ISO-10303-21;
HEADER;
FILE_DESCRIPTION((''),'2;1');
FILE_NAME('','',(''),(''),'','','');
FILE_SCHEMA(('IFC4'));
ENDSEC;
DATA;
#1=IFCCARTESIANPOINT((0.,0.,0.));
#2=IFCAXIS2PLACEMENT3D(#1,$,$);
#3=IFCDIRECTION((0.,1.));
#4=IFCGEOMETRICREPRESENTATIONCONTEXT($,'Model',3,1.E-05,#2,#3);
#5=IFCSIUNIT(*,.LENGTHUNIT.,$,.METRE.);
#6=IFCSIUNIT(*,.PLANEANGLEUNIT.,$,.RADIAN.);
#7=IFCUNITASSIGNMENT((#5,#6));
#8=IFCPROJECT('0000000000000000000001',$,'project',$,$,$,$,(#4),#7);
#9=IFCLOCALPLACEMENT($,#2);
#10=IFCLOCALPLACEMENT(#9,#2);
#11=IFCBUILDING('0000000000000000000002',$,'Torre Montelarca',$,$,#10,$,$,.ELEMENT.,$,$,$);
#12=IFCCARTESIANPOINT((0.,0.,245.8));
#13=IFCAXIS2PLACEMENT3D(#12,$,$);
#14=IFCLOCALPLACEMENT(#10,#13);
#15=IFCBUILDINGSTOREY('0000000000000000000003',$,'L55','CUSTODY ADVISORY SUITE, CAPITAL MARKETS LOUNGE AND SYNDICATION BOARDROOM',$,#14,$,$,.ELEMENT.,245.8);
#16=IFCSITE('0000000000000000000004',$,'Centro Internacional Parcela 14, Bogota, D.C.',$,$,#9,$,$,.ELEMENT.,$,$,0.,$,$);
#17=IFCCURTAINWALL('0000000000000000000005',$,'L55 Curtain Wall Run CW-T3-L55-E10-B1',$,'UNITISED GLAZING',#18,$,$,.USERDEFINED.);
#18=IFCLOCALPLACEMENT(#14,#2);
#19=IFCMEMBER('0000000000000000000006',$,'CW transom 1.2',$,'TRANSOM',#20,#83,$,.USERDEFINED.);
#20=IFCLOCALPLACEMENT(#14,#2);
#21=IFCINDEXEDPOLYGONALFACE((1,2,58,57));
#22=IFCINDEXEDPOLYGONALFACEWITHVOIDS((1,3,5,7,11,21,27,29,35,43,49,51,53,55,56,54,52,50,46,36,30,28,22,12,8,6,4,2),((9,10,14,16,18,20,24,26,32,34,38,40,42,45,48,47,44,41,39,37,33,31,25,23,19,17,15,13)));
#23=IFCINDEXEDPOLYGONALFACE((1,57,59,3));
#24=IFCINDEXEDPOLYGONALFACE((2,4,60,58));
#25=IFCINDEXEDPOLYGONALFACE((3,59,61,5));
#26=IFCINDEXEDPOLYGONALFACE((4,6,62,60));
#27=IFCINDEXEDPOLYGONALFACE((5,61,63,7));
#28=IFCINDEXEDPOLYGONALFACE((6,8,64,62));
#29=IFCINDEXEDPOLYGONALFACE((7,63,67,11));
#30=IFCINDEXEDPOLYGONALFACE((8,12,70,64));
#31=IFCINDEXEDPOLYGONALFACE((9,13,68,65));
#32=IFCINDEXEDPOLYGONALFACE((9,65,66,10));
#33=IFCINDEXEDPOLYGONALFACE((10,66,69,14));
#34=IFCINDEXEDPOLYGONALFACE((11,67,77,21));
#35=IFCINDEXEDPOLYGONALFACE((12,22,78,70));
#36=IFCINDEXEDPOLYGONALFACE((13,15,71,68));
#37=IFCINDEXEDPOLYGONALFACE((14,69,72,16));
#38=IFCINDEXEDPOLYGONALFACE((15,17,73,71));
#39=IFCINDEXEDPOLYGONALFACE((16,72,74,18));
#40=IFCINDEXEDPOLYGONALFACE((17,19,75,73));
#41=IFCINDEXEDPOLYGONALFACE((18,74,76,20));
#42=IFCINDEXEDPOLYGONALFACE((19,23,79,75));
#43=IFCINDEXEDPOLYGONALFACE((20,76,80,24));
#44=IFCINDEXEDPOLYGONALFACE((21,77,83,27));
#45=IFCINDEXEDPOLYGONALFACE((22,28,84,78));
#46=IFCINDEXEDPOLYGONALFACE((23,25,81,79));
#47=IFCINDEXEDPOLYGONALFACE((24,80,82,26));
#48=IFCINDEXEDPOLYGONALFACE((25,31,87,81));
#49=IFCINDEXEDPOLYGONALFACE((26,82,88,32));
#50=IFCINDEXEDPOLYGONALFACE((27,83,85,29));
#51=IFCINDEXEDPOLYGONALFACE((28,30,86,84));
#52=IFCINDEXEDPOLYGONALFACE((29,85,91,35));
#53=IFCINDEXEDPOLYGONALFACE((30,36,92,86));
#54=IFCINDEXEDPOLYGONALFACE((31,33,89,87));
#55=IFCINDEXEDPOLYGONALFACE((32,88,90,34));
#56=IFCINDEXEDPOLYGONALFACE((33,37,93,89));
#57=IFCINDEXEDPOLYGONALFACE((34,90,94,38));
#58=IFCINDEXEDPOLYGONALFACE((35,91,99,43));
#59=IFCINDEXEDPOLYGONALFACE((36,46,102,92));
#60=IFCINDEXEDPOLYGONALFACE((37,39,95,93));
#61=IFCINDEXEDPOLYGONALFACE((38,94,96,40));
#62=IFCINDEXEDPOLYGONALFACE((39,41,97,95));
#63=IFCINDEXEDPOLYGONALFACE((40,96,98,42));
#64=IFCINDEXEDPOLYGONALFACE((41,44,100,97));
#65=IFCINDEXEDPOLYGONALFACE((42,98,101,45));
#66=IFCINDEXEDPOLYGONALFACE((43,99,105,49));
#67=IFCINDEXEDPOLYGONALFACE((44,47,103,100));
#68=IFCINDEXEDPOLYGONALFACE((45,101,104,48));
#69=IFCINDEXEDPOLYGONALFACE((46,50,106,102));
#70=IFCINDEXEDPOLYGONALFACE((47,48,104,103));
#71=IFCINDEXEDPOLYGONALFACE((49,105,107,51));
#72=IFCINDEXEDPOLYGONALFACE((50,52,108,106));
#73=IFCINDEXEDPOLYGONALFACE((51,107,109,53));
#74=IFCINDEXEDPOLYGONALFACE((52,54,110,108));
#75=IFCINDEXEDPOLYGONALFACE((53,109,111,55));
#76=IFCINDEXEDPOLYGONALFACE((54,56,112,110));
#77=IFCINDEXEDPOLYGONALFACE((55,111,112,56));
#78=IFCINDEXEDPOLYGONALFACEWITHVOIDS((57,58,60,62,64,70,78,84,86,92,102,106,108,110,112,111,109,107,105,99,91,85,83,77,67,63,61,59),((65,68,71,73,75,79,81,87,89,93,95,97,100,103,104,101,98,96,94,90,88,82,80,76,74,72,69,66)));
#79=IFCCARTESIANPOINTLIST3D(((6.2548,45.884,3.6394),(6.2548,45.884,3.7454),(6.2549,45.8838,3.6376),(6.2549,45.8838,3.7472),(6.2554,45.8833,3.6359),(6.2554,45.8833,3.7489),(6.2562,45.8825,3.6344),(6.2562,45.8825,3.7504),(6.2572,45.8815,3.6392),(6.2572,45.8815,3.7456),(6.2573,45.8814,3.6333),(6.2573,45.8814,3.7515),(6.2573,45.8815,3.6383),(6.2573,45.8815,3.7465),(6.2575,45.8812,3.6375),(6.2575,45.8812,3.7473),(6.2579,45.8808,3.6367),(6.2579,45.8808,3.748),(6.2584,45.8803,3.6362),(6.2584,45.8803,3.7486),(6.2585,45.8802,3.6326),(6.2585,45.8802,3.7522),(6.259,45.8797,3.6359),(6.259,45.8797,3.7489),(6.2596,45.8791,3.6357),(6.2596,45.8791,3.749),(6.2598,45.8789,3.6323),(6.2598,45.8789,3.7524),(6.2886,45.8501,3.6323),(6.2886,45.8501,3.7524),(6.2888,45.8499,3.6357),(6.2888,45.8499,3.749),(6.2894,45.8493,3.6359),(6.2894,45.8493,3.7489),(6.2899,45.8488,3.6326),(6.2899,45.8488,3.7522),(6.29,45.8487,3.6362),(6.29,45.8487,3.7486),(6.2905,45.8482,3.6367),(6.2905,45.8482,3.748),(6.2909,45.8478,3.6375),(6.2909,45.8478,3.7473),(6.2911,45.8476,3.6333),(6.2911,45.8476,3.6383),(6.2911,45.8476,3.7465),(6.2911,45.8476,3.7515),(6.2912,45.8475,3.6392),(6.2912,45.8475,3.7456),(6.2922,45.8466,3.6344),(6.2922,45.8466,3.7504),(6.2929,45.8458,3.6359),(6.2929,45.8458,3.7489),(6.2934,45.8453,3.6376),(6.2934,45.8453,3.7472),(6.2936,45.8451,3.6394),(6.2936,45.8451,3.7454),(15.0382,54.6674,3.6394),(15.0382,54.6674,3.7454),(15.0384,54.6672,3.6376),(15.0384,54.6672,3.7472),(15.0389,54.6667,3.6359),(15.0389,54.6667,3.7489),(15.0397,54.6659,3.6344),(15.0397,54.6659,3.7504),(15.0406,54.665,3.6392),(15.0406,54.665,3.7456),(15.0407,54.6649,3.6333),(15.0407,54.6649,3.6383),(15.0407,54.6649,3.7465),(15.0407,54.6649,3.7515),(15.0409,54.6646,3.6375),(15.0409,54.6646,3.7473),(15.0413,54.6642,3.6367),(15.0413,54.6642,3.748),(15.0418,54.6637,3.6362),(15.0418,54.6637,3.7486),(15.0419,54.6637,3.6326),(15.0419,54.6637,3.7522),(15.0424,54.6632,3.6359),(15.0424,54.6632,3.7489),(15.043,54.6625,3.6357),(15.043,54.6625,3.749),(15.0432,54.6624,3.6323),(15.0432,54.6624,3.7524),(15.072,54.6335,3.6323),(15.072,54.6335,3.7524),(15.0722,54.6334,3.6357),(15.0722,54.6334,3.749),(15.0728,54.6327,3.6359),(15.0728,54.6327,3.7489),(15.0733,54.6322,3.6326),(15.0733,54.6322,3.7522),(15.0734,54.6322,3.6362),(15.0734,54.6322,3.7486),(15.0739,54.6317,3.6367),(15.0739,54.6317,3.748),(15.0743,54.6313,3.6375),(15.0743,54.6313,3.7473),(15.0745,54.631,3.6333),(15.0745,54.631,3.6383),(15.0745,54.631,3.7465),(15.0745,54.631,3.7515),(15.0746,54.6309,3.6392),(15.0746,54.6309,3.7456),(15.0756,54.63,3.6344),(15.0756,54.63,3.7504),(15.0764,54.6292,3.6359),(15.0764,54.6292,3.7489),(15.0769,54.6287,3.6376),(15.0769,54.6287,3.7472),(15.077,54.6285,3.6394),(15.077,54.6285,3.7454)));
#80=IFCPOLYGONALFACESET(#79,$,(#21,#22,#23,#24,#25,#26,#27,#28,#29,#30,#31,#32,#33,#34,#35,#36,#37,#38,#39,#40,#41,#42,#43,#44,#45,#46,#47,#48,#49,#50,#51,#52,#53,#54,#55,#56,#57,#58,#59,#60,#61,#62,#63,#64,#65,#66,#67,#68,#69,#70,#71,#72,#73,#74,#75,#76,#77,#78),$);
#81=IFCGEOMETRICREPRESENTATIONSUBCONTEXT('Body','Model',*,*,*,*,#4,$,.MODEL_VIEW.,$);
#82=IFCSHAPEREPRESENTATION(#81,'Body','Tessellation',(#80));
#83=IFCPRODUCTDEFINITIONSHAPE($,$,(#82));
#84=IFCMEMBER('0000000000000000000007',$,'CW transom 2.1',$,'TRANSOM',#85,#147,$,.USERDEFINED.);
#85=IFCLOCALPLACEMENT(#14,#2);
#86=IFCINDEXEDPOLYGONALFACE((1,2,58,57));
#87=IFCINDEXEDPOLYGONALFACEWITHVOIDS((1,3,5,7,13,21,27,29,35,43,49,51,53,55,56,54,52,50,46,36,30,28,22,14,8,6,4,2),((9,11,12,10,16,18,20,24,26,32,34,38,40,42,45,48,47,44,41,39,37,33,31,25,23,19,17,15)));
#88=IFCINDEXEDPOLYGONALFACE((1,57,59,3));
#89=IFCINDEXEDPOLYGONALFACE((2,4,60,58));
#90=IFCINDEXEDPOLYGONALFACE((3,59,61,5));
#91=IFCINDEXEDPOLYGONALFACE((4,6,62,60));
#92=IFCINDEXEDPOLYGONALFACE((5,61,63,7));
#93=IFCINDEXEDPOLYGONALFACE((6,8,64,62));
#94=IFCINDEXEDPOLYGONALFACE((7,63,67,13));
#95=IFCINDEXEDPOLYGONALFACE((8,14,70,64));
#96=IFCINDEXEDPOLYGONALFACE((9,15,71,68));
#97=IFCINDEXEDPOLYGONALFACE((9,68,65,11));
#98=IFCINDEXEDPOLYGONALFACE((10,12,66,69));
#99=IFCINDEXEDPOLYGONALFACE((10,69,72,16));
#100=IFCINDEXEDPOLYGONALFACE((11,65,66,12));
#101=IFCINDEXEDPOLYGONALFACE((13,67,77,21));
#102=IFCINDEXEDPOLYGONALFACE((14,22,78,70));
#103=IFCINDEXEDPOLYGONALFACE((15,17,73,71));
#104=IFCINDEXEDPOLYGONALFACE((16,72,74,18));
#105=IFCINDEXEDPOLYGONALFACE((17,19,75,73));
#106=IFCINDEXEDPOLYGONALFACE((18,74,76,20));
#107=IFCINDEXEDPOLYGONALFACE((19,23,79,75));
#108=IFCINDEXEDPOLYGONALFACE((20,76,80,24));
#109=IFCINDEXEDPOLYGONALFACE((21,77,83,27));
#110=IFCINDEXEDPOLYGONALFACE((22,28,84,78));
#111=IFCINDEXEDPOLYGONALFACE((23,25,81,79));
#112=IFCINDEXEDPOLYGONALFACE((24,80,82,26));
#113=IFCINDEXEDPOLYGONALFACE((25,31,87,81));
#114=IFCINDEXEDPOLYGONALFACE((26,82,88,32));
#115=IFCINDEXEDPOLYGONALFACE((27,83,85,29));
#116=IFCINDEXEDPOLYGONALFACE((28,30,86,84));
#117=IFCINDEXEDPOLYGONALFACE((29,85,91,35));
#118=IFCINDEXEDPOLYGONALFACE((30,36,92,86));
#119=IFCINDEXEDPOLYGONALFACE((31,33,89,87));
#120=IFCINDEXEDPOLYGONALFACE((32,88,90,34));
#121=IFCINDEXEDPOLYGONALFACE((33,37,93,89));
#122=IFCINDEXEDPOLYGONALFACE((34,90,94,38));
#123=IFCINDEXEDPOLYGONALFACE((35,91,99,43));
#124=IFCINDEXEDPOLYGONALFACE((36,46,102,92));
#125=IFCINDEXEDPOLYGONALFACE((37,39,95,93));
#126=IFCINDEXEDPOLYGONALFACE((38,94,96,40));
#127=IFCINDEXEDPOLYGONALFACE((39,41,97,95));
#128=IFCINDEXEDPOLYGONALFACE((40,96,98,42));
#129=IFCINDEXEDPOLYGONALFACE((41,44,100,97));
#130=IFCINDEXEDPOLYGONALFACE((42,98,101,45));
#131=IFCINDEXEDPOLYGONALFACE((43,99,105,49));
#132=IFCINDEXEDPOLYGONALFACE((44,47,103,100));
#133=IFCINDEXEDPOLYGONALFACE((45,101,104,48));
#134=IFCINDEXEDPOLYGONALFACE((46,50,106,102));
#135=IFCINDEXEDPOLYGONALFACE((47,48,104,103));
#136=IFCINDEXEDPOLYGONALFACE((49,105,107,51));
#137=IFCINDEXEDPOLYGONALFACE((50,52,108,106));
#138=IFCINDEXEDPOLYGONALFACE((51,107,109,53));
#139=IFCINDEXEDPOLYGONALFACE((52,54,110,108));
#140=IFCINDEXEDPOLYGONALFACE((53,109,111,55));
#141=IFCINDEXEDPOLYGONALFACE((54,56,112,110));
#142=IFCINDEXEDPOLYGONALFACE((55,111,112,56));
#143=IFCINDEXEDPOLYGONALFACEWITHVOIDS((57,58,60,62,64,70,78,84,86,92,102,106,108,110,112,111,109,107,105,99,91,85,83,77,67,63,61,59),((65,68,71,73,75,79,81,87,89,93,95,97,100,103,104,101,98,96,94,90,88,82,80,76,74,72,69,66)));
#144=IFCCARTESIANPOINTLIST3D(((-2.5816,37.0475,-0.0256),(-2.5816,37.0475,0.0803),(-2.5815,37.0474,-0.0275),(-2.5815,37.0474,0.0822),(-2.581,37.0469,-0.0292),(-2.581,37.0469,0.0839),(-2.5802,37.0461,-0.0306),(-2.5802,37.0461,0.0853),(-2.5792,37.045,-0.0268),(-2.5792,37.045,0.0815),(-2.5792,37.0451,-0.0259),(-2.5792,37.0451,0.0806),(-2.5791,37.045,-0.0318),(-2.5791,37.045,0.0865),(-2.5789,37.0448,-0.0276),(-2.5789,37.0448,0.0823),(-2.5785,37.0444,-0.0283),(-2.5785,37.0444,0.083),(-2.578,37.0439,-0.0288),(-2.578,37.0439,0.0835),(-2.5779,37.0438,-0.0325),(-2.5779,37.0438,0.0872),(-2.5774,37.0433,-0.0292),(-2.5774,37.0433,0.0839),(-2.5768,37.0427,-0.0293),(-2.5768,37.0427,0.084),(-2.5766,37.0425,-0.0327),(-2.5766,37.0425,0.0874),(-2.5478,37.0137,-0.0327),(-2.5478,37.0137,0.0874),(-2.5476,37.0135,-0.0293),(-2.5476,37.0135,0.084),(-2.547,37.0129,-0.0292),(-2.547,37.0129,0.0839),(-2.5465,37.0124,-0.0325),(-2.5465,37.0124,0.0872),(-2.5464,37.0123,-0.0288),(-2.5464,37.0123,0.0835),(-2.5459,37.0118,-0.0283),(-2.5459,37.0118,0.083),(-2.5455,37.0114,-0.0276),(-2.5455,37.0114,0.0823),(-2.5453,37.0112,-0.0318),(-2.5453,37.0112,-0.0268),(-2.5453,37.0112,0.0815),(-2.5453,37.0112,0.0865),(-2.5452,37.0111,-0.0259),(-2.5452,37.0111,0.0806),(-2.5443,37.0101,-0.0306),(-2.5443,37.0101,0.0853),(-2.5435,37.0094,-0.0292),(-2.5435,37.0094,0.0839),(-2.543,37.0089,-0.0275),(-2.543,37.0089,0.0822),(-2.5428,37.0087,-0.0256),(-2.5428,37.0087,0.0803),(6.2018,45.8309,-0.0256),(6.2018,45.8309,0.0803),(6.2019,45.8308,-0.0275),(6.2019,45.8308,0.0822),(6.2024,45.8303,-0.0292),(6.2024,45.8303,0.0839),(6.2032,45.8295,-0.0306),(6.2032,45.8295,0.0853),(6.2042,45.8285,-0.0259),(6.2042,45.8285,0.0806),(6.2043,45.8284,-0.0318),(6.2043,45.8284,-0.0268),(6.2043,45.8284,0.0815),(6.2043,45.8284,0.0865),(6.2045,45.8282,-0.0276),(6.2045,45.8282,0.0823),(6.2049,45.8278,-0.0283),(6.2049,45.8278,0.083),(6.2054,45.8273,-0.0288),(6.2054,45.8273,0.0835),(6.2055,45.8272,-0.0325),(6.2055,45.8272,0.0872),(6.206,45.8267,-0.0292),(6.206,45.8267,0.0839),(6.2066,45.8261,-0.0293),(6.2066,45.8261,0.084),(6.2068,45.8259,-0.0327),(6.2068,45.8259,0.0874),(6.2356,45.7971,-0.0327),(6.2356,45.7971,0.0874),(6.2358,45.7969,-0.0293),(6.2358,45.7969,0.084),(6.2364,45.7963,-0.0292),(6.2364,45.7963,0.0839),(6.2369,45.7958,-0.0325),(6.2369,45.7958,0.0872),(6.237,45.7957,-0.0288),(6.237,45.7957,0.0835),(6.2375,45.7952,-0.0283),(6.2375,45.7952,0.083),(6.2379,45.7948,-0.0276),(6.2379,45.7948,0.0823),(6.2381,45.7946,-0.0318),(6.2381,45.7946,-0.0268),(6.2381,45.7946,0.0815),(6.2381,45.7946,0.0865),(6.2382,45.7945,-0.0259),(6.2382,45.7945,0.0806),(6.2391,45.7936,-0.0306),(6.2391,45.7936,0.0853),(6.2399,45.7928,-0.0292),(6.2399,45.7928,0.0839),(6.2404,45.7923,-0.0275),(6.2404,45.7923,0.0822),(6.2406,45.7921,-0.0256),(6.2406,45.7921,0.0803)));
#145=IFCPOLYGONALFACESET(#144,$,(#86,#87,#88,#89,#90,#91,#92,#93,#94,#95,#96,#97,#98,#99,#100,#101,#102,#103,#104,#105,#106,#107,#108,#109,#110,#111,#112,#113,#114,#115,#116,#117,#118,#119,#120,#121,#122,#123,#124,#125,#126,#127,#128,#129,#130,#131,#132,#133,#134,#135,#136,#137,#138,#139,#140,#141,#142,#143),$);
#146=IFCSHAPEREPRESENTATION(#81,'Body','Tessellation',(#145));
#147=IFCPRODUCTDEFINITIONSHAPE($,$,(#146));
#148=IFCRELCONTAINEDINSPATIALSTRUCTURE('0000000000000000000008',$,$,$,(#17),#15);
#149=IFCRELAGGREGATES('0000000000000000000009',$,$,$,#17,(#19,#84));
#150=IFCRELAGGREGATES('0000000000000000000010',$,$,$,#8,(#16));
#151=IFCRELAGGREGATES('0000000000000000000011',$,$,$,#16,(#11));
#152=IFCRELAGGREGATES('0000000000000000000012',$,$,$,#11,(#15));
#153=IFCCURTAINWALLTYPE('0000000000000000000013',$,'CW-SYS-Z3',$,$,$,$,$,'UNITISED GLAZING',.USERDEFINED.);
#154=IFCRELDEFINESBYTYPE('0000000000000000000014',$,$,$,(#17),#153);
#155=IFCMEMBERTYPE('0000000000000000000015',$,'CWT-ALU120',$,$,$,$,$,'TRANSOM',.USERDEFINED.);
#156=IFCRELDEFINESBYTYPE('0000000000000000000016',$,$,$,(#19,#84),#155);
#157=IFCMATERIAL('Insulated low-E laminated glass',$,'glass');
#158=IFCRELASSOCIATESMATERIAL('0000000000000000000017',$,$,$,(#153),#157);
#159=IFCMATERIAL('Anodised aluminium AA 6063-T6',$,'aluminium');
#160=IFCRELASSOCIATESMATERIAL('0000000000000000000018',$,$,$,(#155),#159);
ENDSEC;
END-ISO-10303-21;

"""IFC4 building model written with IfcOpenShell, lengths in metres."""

from ifc_helpers import new_model, si_unit, direction, frame, origin, origin_2d, place, context, subcontext, project, spatial, hollow_rectangle, extrude, source, transform, mapped, material, material_profile, profile_set, type_object, element, aggregate, save


model = new_model("IFC4")

# Units and contexts
model_context = context("Model", 3, precision=1e-05, world=origin(), true_north=direction((0.0, 1.0)))
body_context = subcontext(model_context, "Body", "Model", "MODEL_VIEW")
ifc_project = project(units=[si_unit("LENGTHUNIT", "METRE"), si_unit("PLANEANGLEUNIT", "RADIAN")], contexts=[model_context])

# Site, building, storey
site_placement = place(None, origin())
site = spatial("IfcSite", under=ifc_project, at=site_placement, Name="Centro Internacional Parcela 14, Bogota, D.C.", CompositionType="ELEMENT", RefElevation=0.0)
building_placement = place(site_placement, origin())
building = spatial("IfcBuilding", under=site, at=building_placement, Name="Torre Montelarca", CompositionType="ELEMENT")
storey_placement = place(building_placement, frame((0.0, 0.0, 245.8)))
storey = spatial("IfcBuildingStorey", under=building, at=storey_placement, Name="L55", Description="CUSTODY ADVISORY SUITE, CAPITAL MARKETS LOUNGE AND SYNDICATION BOARDROOM", CompositionType="ELEMENT", Elevation=245.8)

# Curtain wall, members
ifc_material_1 = material(Name="Insulated low-E laminated glass", Category="glass")
curtain_wall_type = type_object("IfcCurtainWallType", Name="CW-SYS-Z3", ElementType="UNITISED GLAZING", PredefinedType="USERDEFINED", material=ifc_material_1)
curtain_wall_1_placement = place(storey_placement, origin())
curtain_wall_1 = element("IfcCurtainWall", 1, at=curtain_wall_1_placement, inside=storey, type_object=curtain_wall_type, Name="L55 Curtain Wall Run CW-T3-L55-E10-B1", ObjectType="UNITISED GLAZING", PredefinedType="USERDEFINED")
ifc_material_2 = material(Name="Anodised aluminium AA 6063-T6", Category="aluminium")
ifc_material_profile_1 = material_profile(ifc_material_2, hollow_rectangle(XDim=0.0549, YDim=0.1201, WallThickness=0.0034, InnerFilletRadius=0.0034, OuterFilletRadius=0.0071, at=origin_2d()), Name="ALU55X120X3.5", Category="aluminium")
ifc_profile_set_1 = profile_set([ifc_material_profile_1], Name="Anodised aluminium AA 6063-T6")
member_type_1 = type_object("IfcMemberType", Name="CWT-ALU120", ElementType="TRANSOM", PredefinedType="USERDEFINED", material=ifc_profile_set_1)
shared_shape_1 = source(origin(), body_context, "Body", "SweptSolid", [
    extrude(hollow_rectangle(XDim=0.0549, YDim=0.1201, WallThickness=0.0034, InnerFilletRadius=0.0034, OuterFilletRadius=0.0071, at=origin_2d()), origin(), (0.0, 0.0, 1.0), 12.4216),
])
member_1_placement = place(storey_placement, frame((15.0576, 54.6479, 3.6924), z_axis=(-0.707107, -0.707107, 0.0), x_axis=(0.707107, -0.707107, 0.0)))
member_1 = element("IfcMember", 2, at=member_1_placement, type_object=member_type_1, Name="CW transom 1.2", ObjectType="TRANSOM", PredefinedType="USERDEFINED", context=body_context, shape_type="MappedRepresentation", body=[
    mapped(shared_shape_1, transform((0.0, 0.0, 0.0), scale=1.0)),
])
member_2_placement = place(storey_placement, frame((6.2212, 45.8115, 0.0273), z_axis=(-0.707107, -0.707107, 0.0), x_axis=(0.707107, -0.707107, 0.0)))
member_2 = element("IfcMember", 3, at=member_2_placement, type_object=member_type_1, Name="CW transom 2.1", ObjectType="TRANSOM", PredefinedType="USERDEFINED", context=body_context, shape_type="MappedRepresentation", body=[
    mapped(shared_shape_1, transform((0.0, 0.0, 0.0), scale=1.0)),
])

aggregate(curtain_wall_1, [member_1, member_2])

save(model, "model.ifc")
